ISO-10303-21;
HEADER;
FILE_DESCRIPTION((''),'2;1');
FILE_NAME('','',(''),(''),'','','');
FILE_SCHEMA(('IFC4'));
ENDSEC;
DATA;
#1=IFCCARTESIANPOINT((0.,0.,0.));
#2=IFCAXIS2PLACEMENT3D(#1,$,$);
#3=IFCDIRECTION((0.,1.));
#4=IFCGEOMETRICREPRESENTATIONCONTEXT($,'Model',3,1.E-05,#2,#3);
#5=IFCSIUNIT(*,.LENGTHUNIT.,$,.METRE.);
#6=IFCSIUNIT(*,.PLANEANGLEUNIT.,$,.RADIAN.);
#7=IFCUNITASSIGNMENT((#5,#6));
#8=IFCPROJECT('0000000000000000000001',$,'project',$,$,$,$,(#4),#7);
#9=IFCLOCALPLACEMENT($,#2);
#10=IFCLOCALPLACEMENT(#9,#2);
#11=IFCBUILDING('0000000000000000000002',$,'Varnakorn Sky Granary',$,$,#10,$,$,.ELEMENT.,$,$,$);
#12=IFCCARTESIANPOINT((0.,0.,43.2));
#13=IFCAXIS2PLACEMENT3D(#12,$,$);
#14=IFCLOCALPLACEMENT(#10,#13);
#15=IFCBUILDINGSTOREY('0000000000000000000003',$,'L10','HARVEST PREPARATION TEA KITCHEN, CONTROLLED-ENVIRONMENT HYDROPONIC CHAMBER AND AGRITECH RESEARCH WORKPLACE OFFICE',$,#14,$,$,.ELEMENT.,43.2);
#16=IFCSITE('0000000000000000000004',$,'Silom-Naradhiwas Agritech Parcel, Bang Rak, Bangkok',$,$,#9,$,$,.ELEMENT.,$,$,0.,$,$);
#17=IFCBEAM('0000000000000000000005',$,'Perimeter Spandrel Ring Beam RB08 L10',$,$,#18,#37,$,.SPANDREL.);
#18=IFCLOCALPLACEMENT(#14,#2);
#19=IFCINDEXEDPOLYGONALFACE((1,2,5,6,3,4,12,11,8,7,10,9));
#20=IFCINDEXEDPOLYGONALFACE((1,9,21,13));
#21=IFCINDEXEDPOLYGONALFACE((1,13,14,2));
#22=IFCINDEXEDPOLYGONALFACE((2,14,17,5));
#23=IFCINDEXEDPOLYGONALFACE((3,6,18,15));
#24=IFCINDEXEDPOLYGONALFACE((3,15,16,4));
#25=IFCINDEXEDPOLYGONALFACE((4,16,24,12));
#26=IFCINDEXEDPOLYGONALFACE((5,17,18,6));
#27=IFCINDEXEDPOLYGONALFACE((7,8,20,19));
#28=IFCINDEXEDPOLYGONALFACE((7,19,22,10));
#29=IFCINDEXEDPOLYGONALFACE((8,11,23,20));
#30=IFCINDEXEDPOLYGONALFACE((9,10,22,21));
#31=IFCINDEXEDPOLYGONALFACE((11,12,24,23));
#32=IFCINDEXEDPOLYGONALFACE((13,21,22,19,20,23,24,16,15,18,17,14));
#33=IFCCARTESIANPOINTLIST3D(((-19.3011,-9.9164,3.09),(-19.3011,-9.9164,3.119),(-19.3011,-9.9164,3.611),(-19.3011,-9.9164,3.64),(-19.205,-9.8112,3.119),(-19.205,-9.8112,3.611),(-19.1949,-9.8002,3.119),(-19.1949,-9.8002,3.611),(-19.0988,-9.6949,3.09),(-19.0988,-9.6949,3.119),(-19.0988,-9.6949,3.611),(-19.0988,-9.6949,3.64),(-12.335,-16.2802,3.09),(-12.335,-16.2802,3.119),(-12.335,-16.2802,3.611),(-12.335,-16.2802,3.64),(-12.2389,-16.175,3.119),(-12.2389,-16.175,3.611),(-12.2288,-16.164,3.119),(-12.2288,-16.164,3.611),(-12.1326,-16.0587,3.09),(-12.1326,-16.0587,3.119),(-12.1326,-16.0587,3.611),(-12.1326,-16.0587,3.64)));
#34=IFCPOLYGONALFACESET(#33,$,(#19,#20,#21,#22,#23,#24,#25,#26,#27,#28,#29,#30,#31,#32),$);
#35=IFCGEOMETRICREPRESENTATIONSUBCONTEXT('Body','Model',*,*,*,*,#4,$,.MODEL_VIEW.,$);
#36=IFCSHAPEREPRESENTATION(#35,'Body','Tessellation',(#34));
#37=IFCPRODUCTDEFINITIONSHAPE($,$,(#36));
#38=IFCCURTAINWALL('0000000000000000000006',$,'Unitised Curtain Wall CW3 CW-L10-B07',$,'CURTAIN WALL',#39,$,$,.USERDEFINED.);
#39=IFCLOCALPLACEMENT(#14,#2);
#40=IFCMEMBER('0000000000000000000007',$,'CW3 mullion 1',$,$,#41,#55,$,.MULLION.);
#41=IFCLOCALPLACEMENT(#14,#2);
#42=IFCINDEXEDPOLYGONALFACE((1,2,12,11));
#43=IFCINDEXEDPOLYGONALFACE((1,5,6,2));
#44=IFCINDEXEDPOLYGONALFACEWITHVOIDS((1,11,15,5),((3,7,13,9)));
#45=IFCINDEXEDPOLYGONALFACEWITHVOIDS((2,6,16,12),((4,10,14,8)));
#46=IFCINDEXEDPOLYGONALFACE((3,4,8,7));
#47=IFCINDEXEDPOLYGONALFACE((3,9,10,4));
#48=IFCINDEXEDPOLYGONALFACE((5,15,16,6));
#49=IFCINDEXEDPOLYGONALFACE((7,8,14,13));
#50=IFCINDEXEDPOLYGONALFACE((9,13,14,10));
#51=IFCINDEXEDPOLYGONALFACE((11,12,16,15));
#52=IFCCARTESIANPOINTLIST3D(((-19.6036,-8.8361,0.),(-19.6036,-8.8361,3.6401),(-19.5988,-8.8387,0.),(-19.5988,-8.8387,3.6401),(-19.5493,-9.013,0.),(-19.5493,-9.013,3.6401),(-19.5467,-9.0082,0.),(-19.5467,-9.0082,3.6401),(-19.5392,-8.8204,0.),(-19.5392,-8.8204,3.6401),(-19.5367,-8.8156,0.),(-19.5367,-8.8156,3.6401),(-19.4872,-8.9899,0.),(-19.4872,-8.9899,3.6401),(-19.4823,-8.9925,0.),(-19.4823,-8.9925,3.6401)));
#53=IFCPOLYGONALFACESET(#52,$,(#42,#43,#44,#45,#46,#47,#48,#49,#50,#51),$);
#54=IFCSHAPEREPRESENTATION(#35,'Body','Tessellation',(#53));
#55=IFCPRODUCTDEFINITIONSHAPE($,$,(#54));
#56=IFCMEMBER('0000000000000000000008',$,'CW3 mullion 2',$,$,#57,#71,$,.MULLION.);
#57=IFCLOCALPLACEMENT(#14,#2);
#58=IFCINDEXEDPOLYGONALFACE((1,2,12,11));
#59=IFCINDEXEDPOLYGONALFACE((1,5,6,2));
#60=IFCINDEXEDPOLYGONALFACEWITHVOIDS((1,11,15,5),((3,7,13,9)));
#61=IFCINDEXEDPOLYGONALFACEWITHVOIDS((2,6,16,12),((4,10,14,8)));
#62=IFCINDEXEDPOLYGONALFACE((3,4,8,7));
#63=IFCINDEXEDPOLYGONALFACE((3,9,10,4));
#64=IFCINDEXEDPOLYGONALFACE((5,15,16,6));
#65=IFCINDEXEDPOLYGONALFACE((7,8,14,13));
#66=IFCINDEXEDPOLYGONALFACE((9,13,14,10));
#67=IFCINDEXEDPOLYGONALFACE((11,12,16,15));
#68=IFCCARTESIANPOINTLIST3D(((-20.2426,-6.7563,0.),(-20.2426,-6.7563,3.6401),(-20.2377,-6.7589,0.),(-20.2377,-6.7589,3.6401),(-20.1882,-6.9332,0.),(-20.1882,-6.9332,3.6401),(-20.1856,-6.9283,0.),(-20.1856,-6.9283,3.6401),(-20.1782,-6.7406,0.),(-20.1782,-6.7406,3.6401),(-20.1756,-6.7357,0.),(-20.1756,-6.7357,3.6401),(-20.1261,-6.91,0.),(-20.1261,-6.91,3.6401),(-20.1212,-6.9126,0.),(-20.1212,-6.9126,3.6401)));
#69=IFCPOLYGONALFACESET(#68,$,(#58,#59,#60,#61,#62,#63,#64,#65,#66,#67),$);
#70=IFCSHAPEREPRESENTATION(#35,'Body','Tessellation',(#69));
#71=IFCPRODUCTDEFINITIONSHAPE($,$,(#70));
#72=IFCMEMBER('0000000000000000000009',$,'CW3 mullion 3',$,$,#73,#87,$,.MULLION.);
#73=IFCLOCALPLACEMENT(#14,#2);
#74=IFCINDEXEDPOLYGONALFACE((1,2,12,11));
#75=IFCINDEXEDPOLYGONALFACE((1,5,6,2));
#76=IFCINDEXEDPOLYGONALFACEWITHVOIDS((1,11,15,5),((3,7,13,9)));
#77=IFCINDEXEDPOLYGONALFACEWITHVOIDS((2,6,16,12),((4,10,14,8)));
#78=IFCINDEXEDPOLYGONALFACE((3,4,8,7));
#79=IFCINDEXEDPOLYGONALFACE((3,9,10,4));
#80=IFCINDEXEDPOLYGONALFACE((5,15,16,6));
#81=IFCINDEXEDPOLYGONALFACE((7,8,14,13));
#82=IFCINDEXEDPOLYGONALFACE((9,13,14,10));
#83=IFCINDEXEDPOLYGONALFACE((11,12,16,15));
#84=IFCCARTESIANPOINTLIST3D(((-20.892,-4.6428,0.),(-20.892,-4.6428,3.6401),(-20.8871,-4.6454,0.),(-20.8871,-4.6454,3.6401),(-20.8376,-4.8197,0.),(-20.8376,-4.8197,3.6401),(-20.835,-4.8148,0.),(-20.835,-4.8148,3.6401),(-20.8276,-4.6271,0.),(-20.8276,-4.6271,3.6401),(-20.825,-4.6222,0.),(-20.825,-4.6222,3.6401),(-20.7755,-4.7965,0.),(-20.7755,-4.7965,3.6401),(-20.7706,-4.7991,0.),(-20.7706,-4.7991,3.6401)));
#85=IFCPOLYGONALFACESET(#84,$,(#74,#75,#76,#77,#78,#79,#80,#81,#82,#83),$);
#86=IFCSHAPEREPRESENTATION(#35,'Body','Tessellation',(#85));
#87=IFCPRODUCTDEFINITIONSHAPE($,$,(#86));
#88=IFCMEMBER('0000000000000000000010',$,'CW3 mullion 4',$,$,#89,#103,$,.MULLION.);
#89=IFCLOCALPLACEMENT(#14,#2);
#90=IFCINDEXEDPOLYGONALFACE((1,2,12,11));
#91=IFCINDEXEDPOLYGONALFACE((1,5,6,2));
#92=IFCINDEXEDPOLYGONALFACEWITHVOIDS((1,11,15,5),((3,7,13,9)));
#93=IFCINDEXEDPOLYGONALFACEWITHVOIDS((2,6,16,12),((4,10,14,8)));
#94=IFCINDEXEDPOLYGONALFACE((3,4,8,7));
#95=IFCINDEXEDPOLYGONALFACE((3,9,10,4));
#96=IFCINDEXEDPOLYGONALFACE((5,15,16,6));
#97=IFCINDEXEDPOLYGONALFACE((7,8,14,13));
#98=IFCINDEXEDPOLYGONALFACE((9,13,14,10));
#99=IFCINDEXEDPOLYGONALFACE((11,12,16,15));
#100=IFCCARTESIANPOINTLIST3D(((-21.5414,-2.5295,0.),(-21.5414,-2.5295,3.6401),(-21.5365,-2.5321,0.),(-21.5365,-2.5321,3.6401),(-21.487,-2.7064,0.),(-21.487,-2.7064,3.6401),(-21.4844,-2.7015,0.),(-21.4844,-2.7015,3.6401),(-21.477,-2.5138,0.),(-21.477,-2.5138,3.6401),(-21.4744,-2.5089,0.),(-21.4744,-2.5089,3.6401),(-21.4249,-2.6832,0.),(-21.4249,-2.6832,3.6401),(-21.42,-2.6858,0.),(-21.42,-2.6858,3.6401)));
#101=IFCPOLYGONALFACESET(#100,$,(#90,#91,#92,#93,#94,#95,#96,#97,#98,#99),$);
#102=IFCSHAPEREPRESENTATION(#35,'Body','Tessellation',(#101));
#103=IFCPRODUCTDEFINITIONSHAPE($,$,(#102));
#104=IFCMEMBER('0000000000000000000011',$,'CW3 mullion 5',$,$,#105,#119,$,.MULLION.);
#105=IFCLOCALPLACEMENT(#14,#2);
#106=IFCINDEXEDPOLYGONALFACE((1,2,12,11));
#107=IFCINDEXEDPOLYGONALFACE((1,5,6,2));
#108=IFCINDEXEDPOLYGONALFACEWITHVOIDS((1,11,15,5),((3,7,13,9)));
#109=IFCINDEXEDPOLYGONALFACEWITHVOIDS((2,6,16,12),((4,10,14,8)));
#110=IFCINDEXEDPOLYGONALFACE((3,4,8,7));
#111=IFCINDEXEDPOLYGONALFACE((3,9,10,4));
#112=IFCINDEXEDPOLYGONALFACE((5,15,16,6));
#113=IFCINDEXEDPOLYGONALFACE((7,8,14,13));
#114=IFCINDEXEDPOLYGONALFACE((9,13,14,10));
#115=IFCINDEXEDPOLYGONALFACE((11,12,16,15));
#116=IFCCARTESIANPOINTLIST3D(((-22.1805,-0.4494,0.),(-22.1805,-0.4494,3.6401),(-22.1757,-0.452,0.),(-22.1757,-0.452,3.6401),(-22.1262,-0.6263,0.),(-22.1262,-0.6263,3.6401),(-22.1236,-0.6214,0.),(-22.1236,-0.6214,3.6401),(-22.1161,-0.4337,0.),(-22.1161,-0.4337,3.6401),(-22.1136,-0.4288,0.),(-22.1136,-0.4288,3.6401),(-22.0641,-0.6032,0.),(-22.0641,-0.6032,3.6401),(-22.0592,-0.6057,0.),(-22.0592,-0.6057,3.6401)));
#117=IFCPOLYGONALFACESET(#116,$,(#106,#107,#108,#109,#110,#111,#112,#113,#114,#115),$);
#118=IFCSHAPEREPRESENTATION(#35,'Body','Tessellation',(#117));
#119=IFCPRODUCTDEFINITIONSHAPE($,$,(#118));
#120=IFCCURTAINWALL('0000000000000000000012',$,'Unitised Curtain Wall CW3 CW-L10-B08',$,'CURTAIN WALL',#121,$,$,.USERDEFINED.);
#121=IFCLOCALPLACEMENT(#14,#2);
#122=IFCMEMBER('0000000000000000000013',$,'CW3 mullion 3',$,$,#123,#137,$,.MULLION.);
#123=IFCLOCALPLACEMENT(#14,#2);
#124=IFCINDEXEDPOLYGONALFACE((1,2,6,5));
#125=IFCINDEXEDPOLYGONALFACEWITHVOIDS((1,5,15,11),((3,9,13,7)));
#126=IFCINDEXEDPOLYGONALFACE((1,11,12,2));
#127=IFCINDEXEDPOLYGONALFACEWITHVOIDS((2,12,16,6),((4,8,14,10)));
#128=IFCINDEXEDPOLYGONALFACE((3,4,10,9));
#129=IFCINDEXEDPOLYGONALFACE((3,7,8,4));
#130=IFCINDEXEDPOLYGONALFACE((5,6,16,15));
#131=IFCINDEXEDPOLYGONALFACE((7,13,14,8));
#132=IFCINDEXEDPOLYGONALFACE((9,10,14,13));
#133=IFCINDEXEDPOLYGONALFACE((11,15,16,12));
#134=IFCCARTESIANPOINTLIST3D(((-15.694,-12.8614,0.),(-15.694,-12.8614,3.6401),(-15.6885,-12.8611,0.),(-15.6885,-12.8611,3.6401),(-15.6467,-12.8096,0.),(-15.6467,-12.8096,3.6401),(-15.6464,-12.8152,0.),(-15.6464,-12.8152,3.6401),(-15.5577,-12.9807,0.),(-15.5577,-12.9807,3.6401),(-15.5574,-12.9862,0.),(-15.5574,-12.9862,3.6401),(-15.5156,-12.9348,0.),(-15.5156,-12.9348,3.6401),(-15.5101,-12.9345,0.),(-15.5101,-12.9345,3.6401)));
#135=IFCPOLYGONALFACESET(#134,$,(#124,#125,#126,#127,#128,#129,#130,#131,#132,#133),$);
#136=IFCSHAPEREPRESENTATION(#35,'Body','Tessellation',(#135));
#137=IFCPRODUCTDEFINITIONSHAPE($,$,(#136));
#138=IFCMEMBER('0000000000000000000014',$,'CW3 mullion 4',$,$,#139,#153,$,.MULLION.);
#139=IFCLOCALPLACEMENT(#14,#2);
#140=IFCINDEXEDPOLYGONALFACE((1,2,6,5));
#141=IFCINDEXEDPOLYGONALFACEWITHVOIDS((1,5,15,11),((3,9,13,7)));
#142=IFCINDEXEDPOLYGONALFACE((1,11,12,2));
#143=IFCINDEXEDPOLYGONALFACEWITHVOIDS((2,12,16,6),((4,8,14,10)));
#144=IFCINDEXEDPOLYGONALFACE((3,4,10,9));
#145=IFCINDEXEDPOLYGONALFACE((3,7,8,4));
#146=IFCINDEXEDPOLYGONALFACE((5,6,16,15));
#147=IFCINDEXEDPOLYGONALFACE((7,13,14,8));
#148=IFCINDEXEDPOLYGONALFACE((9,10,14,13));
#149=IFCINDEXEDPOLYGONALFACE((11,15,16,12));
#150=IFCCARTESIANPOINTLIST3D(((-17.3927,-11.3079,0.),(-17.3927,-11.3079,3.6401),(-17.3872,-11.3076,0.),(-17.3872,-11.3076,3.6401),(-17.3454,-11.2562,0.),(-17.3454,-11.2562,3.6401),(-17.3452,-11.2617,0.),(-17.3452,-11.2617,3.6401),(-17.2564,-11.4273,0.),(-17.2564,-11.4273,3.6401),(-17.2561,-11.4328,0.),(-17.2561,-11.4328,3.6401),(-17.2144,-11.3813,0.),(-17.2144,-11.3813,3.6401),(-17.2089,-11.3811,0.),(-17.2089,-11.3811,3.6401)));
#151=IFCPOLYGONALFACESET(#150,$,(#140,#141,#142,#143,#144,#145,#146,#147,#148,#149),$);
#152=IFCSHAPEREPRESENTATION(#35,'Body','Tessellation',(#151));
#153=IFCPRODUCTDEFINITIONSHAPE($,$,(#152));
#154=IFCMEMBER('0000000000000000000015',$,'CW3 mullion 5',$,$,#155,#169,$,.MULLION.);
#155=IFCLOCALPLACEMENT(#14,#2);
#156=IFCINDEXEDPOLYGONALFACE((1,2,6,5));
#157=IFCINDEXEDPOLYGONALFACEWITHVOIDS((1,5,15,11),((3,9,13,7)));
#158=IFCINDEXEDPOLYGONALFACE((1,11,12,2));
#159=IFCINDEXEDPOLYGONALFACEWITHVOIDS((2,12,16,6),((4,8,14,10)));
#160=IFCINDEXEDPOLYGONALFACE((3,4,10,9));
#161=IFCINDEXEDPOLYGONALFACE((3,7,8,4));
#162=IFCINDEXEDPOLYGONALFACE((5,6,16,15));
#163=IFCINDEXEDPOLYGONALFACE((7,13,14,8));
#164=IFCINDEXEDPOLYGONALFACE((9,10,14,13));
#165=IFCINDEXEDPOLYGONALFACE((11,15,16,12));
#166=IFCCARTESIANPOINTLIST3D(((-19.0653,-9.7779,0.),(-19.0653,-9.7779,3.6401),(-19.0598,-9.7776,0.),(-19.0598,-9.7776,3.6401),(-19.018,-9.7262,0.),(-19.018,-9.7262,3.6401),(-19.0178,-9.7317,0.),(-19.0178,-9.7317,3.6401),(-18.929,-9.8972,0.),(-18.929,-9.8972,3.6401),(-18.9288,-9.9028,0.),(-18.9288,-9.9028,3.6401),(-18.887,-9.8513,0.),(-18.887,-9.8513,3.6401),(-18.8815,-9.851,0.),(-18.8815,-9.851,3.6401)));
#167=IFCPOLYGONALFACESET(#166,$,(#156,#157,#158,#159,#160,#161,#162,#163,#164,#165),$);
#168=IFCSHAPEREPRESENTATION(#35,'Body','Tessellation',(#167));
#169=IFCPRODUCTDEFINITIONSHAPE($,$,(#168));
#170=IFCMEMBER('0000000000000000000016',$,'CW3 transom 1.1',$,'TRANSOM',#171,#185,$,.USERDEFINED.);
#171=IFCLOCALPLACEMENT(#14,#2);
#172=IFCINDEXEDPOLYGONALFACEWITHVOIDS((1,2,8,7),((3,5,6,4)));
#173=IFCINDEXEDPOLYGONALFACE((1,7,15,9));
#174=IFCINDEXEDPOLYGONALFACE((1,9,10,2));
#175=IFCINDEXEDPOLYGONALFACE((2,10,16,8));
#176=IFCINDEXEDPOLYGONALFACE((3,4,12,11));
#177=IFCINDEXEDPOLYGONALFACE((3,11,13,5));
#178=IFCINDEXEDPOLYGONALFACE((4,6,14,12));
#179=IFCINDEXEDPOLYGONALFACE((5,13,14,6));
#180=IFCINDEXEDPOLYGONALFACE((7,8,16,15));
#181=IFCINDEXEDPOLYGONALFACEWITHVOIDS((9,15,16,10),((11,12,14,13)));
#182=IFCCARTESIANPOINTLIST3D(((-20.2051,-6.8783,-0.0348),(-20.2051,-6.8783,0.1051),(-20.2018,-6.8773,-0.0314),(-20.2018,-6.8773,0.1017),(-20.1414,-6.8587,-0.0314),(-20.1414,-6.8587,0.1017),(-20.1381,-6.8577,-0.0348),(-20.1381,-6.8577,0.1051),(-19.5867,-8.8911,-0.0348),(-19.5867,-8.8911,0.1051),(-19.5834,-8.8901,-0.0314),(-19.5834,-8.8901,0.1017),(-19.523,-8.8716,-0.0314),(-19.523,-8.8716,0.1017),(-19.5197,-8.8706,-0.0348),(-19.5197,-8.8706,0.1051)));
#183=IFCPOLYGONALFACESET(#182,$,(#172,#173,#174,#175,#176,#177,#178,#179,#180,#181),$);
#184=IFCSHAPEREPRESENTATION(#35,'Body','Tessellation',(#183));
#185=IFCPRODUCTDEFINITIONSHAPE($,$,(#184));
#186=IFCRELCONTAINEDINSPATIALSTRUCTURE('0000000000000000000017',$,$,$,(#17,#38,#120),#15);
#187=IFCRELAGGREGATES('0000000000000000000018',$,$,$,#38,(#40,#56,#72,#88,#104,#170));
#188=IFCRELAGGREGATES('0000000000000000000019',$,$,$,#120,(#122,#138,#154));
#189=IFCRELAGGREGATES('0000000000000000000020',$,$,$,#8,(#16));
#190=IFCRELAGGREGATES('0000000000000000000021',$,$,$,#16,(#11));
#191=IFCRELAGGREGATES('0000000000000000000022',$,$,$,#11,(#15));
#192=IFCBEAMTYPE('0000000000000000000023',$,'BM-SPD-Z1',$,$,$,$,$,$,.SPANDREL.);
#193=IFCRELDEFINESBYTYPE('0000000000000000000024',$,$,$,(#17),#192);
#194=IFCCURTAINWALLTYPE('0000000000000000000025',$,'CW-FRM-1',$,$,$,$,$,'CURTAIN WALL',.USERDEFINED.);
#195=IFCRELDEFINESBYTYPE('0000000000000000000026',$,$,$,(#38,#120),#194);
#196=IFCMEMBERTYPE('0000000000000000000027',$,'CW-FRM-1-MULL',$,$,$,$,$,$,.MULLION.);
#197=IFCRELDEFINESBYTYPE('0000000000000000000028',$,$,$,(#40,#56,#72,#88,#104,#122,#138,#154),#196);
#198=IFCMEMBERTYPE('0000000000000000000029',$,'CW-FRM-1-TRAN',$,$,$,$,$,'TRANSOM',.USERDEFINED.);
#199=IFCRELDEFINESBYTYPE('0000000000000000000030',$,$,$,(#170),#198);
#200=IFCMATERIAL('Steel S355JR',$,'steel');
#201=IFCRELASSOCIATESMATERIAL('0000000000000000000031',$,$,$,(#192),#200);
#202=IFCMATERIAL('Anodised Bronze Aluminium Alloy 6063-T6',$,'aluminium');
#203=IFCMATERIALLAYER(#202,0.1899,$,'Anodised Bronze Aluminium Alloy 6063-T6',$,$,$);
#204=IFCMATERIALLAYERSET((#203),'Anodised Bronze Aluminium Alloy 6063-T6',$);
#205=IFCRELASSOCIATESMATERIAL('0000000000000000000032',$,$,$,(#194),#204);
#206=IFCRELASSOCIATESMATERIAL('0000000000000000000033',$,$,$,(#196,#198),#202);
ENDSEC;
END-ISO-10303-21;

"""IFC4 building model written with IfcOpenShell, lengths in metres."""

from ifc_helpers import new_model, si_unit, direction, frame, origin, origin_2d, place, context, subcontext, project, spatial, hollow_rectangle, i_section, extrude, material, layer, layer_set, material_profile, profile_set, type_object, element, aggregate, save


model = new_model("IFC4")

# Units and contexts
model_context = context("Model", 3, precision=1e-05, world=origin(), true_north=direction((0.0, 1.0)))
body_context = subcontext(model_context, "Body", "Model", "MODEL_VIEW")
ifc_project = project(units=[si_unit("LENGTHUNIT", "METRE"), si_unit("PLANEANGLEUNIT", "RADIAN")], contexts=[model_context])

# Site, building, storey
site_placement = place(None, origin())
site = spatial("IfcSite", under=ifc_project, at=site_placement, Name="Silom-Naradhiwas Agritech Parcel, Bang Rak, Bangkok", CompositionType="ELEMENT", RefElevation=0.0)
building_placement = place(site_placement, origin())
building = spatial("IfcBuilding", under=site, at=building_placement, Name="Varnakorn Sky Granary", CompositionType="ELEMENT")
storey_placement = place(building_placement, frame((0.0, 0.0, 43.2)))
storey = spatial("IfcBuildingStorey", under=building, at=storey_placement, Name="L10", Description="HARVEST PREPARATION TEA KITCHEN, CONTROLLED-ENVIRONMENT HYDROPONIC CHAMBER AND AGRITECH RESEARCH WORKPLACE OFFICE", CompositionType="ELEMENT", Elevation=43.2)

# Beam
ifc_material_1 = material(Name="Steel S355JR", Category="steel")
ifc_material_profile_1 = material_profile(ifc_material_1, i_section(OverallWidth=0.3, OverallDepth=0.55, WebThickness=0.0149, FlangeThickness=0.0291, at=origin_2d()), Name="HE 550 B")
ifc_profile_set_1 = profile_set([ifc_material_profile_1], Name="Steel S355JR")
beam_type = type_object("IfcBeamType", Name="BM-SPD-Z1", PredefinedType="SPANDREL", material=ifc_profile_set_1)
beam_1_placement = place(storey_placement, frame((-19.2, -9.8057, 3.365), z_axis=(0.738303, -0.674469, 0.0), x_axis=(0.674469, 0.738303, 0.0)))
element("IfcBeam", 1, at=beam_1_placement, inside=storey, type_object=beam_type, Name="Perimeter Spandrel Ring Beam RB08 L10", PredefinedType="SPANDREL", context=body_context, shape_type="SweptSolid", body=[
    extrude(i_section(OverallWidth=0.3, OverallDepth=0.55, WebThickness=0.0149, FlangeThickness=0.0291, at=origin_2d()), origin(), (0.0, 0.0, 1.0), 9.4353),
])

# Curtain walls, members
ifc_material_2 = material(Name="Anodised Bronze Aluminium Alloy 6063-T6", Category="aluminium")
ifc_layer_1 = layer(ifc_material_2, 0.1899, Name="Anodised Bronze Aluminium Alloy 6063-T6")
ifc_layer_set_1 = layer_set([ifc_layer_1], Name="Anodised Bronze Aluminium Alloy 6063-T6")
curtain_wall_type = type_object("IfcCurtainWallType", Name="CW-FRM-1", ElementType="CURTAIN WALL", PredefinedType="USERDEFINED", material=ifc_layer_set_1)
curtain_wall_1_placement = place(storey_placement, origin())
curtain_wall_1 = element("IfcCurtainWall", 2, at=curtain_wall_1_placement, inside=storey, type_object=curtain_wall_type, Name="Unitised Curtain Wall CW3 CW-L10-B07", ObjectType="CURTAIN WALL", PredefinedType="USERDEFINED")
ifc_material_profile_2 = material_profile(ifc_material_2, hollow_rectangle(XDim=0.0701, YDim=0.1851, WallThickness=0.0039, at=origin_2d()), Name="ALU MULL 70x185")
ifc_profile_set_2 = profile_set([ifc_material_profile_2], Name="Anodised Bronze Aluminium Alloy 6063-T6")
member_type_1 = type_object("IfcMemberType", Name="CW-FRM-1-MULL", PredefinedType="MULLION", material=ifc_profile_set_2)
member_1_placement = place(storey_placement, frame((-19.543, -8.9143, 0.0), z_axis=(0.0, 0.0, 1.0), x_axis=(-0.95589, -0.293723, 0.0)))
member_1 = element("IfcMember", 3, at=member_1_placement, type_object=member_type_1, Name="CW3 mullion 1", PredefinedType="MULLION", context=body_context, shape_type="SweptSolid", body=[
    extrude(hollow_rectangle(XDim=0.0701, YDim=0.1851, WallThickness=0.0039, at=origin_2d()), origin(), (0.0, 0.0, 1.0), 3.6401),
])
member_2_placement = place(storey_placement, frame((-20.1819, -6.8345, 0.0), z_axis=(0.0, 0.0, 1.0), x_axis=(-0.95589, -0.293723, 0.0)))
member_2 = element("IfcMember", 4, at=member_2_placement, type_object=member_type_1, Name="CW3 mullion 2", PredefinedType="MULLION", context=body_context, shape_type="SweptSolid", body=[
    extrude(hollow_rectangle(XDim=0.0701, YDim=0.1851, WallThickness=0.0039, at=origin_2d()), origin(), (0.0, 0.0, 1.0), 3.6401),
])
member_3_placement = place(storey_placement, frame((-20.8313, -4.7209, 0.0), z_axis=(0.0, 0.0, 1.0), x_axis=(-0.95589, -0.293723, 0.0)))
member_3 = element("IfcMember", 5, at=member_3_placement, type_object=member_type_1, Name="CW3 mullion 3", PredefinedType="MULLION", context=body_context, shape_type="SweptSolid", body=[
    extrude(hollow_rectangle(XDim=0.0701, YDim=0.1851, WallThickness=0.0039, at=origin_2d()), origin(), (0.0, 0.0, 1.0), 3.6401),
])
member_4_placement = place(storey_placement, frame((-21.4807, -2.6077, 0.0), z_axis=(0.0, 0.0, 1.0), x_axis=(-0.95589, -0.293723, 0.0)))
member_4 = element("IfcMember", 6, at=member_4_placement, type_object=member_type_1, Name="CW3 mullion 4", PredefinedType="MULLION", context=body_context, shape_type="SweptSolid", body=[
    extrude(hollow_rectangle(XDim=0.0701, YDim=0.1851, WallThickness=0.0039, at=origin_2d()), origin(), (0.0, 0.0, 1.0), 3.6401),
])
member_5_placement = place(storey_placement, frame((-22.1199, -0.5276, 0.0), z_axis=(0.0, 0.0, 1.0), x_axis=(-0.95589, -0.293723, 0.0)))
member_5 = element("IfcMember", 7, at=member_5_placement, type_object=member_type_1, Name="CW3 mullion 5", PredefinedType="MULLION", context=body_context, shape_type="SweptSolid", body=[
    extrude(hollow_rectangle(XDim=0.0701, YDim=0.1851, WallThickness=0.0039, at=origin_2d()), origin(), (0.0, 0.0, 1.0), 3.6401),
])
curtain_wall_2_placement = place(storey_placement, origin())
curtain_wall_2 = element("IfcCurtainWall", 8, at=curtain_wall_2_placement, inside=storey, type_object=curtain_wall_type, Name="Unitised Curtain Wall CW3 CW-L10-B08", ObjectType="CURTAIN WALL", PredefinedType="USERDEFINED")
member_6_placement = place(storey_placement, frame((-15.6021, -12.8979, 0.0), z_axis=(0.0, 0.0, 1.0), x_axis=(-0.674903, -0.737906, 0.0)))
member_6 = element("IfcMember", 9, at=member_6_placement, type_object=member_type_1, Name="CW3 mullion 3", PredefinedType="MULLION", context=body_context, shape_type="SweptSolid", body=[
    extrude(hollow_rectangle(XDim=0.0701, YDim=0.1851, WallThickness=0.0039, at=origin_2d()), origin(), (0.0, 0.0, 1.0), 3.6401),
])
member_7_placement = place(storey_placement, frame((-17.3008, -11.3445, 0.0), z_axis=(0.0, 0.0, 1.0), x_axis=(-0.674903, -0.737906, 0.0)))
member_7 = element("IfcMember", 10, at=member_7_placement, type_object=member_type_1, Name="CW3 mullion 4", PredefinedType="MULLION", context=body_context, shape_type="SweptSolid", body=[
    extrude(hollow_rectangle(XDim=0.0701, YDim=0.1851, WallThickness=0.0039, at=origin_2d()), origin(), (0.0, 0.0, 1.0), 3.6401),
])
member_8_placement = place(storey_placement, frame((-18.9734, -9.8145, 0.0), z_axis=(0.0, 0.0, 1.0), x_axis=(-0.674903, -0.737906, 0.0)))
member_8 = element("IfcMember", 11, at=member_8_placement, type_object=member_type_1, Name="CW3 mullion 5", PredefinedType="MULLION", context=body_context, shape_type="SweptSolid", body=[
    extrude(hollow_rectangle(XDim=0.0701, YDim=0.1851, WallThickness=0.0039, at=origin_2d()), origin(), (0.0, 0.0, 1.0), 3.6401),
])

# Member
ifc_material_profile_3 = material_profile(ifc_material_2, hollow_rectangle(XDim=0.0701, YDim=0.1399, WallThickness=0.0034, at=origin_2d()), Name="ALU TRAN 70x140")
ifc_profile_set_3 = profile_set([ifc_material_profile_3], Name="Anodised Bronze Aluminium Alloy 6063-T6")
member_type_2 = type_object("IfcMemberType", Name="CW-FRM-1-TRAN", ElementType="TRANSOM", PredefinedType="USERDEFINED", material=ifc_profile_set_3)
member_9_placement = place(storey_placement, frame((-19.5532, -8.8809, 0.0352), z_axis=(-0.29367, 0.955907, 0.0), x_axis=(-0.955907, -0.29367, 0.0)))
member_9 = element("IfcMember", 12, at=member_9_placement, type_object=member_type_2, Name="CW3 transom 1.1", ObjectType="TRANSOM", PredefinedType="USERDEFINED", context=body_context, shape_type="SweptSolid", body=[
    extrude(hollow_rectangle(XDim=0.0701, YDim=0.1399, WallThickness=0.0034, at=origin_2d()), origin(), (0.0, 0.0, 1.0), 2.1057),
])

aggregate(curtain_wall_1, [member_1, member_2, member_3, member_4, member_5, member_9])
aggregate(curtain_wall_2, [member_6, member_7, member_8])

save(model, "model.ifc")
